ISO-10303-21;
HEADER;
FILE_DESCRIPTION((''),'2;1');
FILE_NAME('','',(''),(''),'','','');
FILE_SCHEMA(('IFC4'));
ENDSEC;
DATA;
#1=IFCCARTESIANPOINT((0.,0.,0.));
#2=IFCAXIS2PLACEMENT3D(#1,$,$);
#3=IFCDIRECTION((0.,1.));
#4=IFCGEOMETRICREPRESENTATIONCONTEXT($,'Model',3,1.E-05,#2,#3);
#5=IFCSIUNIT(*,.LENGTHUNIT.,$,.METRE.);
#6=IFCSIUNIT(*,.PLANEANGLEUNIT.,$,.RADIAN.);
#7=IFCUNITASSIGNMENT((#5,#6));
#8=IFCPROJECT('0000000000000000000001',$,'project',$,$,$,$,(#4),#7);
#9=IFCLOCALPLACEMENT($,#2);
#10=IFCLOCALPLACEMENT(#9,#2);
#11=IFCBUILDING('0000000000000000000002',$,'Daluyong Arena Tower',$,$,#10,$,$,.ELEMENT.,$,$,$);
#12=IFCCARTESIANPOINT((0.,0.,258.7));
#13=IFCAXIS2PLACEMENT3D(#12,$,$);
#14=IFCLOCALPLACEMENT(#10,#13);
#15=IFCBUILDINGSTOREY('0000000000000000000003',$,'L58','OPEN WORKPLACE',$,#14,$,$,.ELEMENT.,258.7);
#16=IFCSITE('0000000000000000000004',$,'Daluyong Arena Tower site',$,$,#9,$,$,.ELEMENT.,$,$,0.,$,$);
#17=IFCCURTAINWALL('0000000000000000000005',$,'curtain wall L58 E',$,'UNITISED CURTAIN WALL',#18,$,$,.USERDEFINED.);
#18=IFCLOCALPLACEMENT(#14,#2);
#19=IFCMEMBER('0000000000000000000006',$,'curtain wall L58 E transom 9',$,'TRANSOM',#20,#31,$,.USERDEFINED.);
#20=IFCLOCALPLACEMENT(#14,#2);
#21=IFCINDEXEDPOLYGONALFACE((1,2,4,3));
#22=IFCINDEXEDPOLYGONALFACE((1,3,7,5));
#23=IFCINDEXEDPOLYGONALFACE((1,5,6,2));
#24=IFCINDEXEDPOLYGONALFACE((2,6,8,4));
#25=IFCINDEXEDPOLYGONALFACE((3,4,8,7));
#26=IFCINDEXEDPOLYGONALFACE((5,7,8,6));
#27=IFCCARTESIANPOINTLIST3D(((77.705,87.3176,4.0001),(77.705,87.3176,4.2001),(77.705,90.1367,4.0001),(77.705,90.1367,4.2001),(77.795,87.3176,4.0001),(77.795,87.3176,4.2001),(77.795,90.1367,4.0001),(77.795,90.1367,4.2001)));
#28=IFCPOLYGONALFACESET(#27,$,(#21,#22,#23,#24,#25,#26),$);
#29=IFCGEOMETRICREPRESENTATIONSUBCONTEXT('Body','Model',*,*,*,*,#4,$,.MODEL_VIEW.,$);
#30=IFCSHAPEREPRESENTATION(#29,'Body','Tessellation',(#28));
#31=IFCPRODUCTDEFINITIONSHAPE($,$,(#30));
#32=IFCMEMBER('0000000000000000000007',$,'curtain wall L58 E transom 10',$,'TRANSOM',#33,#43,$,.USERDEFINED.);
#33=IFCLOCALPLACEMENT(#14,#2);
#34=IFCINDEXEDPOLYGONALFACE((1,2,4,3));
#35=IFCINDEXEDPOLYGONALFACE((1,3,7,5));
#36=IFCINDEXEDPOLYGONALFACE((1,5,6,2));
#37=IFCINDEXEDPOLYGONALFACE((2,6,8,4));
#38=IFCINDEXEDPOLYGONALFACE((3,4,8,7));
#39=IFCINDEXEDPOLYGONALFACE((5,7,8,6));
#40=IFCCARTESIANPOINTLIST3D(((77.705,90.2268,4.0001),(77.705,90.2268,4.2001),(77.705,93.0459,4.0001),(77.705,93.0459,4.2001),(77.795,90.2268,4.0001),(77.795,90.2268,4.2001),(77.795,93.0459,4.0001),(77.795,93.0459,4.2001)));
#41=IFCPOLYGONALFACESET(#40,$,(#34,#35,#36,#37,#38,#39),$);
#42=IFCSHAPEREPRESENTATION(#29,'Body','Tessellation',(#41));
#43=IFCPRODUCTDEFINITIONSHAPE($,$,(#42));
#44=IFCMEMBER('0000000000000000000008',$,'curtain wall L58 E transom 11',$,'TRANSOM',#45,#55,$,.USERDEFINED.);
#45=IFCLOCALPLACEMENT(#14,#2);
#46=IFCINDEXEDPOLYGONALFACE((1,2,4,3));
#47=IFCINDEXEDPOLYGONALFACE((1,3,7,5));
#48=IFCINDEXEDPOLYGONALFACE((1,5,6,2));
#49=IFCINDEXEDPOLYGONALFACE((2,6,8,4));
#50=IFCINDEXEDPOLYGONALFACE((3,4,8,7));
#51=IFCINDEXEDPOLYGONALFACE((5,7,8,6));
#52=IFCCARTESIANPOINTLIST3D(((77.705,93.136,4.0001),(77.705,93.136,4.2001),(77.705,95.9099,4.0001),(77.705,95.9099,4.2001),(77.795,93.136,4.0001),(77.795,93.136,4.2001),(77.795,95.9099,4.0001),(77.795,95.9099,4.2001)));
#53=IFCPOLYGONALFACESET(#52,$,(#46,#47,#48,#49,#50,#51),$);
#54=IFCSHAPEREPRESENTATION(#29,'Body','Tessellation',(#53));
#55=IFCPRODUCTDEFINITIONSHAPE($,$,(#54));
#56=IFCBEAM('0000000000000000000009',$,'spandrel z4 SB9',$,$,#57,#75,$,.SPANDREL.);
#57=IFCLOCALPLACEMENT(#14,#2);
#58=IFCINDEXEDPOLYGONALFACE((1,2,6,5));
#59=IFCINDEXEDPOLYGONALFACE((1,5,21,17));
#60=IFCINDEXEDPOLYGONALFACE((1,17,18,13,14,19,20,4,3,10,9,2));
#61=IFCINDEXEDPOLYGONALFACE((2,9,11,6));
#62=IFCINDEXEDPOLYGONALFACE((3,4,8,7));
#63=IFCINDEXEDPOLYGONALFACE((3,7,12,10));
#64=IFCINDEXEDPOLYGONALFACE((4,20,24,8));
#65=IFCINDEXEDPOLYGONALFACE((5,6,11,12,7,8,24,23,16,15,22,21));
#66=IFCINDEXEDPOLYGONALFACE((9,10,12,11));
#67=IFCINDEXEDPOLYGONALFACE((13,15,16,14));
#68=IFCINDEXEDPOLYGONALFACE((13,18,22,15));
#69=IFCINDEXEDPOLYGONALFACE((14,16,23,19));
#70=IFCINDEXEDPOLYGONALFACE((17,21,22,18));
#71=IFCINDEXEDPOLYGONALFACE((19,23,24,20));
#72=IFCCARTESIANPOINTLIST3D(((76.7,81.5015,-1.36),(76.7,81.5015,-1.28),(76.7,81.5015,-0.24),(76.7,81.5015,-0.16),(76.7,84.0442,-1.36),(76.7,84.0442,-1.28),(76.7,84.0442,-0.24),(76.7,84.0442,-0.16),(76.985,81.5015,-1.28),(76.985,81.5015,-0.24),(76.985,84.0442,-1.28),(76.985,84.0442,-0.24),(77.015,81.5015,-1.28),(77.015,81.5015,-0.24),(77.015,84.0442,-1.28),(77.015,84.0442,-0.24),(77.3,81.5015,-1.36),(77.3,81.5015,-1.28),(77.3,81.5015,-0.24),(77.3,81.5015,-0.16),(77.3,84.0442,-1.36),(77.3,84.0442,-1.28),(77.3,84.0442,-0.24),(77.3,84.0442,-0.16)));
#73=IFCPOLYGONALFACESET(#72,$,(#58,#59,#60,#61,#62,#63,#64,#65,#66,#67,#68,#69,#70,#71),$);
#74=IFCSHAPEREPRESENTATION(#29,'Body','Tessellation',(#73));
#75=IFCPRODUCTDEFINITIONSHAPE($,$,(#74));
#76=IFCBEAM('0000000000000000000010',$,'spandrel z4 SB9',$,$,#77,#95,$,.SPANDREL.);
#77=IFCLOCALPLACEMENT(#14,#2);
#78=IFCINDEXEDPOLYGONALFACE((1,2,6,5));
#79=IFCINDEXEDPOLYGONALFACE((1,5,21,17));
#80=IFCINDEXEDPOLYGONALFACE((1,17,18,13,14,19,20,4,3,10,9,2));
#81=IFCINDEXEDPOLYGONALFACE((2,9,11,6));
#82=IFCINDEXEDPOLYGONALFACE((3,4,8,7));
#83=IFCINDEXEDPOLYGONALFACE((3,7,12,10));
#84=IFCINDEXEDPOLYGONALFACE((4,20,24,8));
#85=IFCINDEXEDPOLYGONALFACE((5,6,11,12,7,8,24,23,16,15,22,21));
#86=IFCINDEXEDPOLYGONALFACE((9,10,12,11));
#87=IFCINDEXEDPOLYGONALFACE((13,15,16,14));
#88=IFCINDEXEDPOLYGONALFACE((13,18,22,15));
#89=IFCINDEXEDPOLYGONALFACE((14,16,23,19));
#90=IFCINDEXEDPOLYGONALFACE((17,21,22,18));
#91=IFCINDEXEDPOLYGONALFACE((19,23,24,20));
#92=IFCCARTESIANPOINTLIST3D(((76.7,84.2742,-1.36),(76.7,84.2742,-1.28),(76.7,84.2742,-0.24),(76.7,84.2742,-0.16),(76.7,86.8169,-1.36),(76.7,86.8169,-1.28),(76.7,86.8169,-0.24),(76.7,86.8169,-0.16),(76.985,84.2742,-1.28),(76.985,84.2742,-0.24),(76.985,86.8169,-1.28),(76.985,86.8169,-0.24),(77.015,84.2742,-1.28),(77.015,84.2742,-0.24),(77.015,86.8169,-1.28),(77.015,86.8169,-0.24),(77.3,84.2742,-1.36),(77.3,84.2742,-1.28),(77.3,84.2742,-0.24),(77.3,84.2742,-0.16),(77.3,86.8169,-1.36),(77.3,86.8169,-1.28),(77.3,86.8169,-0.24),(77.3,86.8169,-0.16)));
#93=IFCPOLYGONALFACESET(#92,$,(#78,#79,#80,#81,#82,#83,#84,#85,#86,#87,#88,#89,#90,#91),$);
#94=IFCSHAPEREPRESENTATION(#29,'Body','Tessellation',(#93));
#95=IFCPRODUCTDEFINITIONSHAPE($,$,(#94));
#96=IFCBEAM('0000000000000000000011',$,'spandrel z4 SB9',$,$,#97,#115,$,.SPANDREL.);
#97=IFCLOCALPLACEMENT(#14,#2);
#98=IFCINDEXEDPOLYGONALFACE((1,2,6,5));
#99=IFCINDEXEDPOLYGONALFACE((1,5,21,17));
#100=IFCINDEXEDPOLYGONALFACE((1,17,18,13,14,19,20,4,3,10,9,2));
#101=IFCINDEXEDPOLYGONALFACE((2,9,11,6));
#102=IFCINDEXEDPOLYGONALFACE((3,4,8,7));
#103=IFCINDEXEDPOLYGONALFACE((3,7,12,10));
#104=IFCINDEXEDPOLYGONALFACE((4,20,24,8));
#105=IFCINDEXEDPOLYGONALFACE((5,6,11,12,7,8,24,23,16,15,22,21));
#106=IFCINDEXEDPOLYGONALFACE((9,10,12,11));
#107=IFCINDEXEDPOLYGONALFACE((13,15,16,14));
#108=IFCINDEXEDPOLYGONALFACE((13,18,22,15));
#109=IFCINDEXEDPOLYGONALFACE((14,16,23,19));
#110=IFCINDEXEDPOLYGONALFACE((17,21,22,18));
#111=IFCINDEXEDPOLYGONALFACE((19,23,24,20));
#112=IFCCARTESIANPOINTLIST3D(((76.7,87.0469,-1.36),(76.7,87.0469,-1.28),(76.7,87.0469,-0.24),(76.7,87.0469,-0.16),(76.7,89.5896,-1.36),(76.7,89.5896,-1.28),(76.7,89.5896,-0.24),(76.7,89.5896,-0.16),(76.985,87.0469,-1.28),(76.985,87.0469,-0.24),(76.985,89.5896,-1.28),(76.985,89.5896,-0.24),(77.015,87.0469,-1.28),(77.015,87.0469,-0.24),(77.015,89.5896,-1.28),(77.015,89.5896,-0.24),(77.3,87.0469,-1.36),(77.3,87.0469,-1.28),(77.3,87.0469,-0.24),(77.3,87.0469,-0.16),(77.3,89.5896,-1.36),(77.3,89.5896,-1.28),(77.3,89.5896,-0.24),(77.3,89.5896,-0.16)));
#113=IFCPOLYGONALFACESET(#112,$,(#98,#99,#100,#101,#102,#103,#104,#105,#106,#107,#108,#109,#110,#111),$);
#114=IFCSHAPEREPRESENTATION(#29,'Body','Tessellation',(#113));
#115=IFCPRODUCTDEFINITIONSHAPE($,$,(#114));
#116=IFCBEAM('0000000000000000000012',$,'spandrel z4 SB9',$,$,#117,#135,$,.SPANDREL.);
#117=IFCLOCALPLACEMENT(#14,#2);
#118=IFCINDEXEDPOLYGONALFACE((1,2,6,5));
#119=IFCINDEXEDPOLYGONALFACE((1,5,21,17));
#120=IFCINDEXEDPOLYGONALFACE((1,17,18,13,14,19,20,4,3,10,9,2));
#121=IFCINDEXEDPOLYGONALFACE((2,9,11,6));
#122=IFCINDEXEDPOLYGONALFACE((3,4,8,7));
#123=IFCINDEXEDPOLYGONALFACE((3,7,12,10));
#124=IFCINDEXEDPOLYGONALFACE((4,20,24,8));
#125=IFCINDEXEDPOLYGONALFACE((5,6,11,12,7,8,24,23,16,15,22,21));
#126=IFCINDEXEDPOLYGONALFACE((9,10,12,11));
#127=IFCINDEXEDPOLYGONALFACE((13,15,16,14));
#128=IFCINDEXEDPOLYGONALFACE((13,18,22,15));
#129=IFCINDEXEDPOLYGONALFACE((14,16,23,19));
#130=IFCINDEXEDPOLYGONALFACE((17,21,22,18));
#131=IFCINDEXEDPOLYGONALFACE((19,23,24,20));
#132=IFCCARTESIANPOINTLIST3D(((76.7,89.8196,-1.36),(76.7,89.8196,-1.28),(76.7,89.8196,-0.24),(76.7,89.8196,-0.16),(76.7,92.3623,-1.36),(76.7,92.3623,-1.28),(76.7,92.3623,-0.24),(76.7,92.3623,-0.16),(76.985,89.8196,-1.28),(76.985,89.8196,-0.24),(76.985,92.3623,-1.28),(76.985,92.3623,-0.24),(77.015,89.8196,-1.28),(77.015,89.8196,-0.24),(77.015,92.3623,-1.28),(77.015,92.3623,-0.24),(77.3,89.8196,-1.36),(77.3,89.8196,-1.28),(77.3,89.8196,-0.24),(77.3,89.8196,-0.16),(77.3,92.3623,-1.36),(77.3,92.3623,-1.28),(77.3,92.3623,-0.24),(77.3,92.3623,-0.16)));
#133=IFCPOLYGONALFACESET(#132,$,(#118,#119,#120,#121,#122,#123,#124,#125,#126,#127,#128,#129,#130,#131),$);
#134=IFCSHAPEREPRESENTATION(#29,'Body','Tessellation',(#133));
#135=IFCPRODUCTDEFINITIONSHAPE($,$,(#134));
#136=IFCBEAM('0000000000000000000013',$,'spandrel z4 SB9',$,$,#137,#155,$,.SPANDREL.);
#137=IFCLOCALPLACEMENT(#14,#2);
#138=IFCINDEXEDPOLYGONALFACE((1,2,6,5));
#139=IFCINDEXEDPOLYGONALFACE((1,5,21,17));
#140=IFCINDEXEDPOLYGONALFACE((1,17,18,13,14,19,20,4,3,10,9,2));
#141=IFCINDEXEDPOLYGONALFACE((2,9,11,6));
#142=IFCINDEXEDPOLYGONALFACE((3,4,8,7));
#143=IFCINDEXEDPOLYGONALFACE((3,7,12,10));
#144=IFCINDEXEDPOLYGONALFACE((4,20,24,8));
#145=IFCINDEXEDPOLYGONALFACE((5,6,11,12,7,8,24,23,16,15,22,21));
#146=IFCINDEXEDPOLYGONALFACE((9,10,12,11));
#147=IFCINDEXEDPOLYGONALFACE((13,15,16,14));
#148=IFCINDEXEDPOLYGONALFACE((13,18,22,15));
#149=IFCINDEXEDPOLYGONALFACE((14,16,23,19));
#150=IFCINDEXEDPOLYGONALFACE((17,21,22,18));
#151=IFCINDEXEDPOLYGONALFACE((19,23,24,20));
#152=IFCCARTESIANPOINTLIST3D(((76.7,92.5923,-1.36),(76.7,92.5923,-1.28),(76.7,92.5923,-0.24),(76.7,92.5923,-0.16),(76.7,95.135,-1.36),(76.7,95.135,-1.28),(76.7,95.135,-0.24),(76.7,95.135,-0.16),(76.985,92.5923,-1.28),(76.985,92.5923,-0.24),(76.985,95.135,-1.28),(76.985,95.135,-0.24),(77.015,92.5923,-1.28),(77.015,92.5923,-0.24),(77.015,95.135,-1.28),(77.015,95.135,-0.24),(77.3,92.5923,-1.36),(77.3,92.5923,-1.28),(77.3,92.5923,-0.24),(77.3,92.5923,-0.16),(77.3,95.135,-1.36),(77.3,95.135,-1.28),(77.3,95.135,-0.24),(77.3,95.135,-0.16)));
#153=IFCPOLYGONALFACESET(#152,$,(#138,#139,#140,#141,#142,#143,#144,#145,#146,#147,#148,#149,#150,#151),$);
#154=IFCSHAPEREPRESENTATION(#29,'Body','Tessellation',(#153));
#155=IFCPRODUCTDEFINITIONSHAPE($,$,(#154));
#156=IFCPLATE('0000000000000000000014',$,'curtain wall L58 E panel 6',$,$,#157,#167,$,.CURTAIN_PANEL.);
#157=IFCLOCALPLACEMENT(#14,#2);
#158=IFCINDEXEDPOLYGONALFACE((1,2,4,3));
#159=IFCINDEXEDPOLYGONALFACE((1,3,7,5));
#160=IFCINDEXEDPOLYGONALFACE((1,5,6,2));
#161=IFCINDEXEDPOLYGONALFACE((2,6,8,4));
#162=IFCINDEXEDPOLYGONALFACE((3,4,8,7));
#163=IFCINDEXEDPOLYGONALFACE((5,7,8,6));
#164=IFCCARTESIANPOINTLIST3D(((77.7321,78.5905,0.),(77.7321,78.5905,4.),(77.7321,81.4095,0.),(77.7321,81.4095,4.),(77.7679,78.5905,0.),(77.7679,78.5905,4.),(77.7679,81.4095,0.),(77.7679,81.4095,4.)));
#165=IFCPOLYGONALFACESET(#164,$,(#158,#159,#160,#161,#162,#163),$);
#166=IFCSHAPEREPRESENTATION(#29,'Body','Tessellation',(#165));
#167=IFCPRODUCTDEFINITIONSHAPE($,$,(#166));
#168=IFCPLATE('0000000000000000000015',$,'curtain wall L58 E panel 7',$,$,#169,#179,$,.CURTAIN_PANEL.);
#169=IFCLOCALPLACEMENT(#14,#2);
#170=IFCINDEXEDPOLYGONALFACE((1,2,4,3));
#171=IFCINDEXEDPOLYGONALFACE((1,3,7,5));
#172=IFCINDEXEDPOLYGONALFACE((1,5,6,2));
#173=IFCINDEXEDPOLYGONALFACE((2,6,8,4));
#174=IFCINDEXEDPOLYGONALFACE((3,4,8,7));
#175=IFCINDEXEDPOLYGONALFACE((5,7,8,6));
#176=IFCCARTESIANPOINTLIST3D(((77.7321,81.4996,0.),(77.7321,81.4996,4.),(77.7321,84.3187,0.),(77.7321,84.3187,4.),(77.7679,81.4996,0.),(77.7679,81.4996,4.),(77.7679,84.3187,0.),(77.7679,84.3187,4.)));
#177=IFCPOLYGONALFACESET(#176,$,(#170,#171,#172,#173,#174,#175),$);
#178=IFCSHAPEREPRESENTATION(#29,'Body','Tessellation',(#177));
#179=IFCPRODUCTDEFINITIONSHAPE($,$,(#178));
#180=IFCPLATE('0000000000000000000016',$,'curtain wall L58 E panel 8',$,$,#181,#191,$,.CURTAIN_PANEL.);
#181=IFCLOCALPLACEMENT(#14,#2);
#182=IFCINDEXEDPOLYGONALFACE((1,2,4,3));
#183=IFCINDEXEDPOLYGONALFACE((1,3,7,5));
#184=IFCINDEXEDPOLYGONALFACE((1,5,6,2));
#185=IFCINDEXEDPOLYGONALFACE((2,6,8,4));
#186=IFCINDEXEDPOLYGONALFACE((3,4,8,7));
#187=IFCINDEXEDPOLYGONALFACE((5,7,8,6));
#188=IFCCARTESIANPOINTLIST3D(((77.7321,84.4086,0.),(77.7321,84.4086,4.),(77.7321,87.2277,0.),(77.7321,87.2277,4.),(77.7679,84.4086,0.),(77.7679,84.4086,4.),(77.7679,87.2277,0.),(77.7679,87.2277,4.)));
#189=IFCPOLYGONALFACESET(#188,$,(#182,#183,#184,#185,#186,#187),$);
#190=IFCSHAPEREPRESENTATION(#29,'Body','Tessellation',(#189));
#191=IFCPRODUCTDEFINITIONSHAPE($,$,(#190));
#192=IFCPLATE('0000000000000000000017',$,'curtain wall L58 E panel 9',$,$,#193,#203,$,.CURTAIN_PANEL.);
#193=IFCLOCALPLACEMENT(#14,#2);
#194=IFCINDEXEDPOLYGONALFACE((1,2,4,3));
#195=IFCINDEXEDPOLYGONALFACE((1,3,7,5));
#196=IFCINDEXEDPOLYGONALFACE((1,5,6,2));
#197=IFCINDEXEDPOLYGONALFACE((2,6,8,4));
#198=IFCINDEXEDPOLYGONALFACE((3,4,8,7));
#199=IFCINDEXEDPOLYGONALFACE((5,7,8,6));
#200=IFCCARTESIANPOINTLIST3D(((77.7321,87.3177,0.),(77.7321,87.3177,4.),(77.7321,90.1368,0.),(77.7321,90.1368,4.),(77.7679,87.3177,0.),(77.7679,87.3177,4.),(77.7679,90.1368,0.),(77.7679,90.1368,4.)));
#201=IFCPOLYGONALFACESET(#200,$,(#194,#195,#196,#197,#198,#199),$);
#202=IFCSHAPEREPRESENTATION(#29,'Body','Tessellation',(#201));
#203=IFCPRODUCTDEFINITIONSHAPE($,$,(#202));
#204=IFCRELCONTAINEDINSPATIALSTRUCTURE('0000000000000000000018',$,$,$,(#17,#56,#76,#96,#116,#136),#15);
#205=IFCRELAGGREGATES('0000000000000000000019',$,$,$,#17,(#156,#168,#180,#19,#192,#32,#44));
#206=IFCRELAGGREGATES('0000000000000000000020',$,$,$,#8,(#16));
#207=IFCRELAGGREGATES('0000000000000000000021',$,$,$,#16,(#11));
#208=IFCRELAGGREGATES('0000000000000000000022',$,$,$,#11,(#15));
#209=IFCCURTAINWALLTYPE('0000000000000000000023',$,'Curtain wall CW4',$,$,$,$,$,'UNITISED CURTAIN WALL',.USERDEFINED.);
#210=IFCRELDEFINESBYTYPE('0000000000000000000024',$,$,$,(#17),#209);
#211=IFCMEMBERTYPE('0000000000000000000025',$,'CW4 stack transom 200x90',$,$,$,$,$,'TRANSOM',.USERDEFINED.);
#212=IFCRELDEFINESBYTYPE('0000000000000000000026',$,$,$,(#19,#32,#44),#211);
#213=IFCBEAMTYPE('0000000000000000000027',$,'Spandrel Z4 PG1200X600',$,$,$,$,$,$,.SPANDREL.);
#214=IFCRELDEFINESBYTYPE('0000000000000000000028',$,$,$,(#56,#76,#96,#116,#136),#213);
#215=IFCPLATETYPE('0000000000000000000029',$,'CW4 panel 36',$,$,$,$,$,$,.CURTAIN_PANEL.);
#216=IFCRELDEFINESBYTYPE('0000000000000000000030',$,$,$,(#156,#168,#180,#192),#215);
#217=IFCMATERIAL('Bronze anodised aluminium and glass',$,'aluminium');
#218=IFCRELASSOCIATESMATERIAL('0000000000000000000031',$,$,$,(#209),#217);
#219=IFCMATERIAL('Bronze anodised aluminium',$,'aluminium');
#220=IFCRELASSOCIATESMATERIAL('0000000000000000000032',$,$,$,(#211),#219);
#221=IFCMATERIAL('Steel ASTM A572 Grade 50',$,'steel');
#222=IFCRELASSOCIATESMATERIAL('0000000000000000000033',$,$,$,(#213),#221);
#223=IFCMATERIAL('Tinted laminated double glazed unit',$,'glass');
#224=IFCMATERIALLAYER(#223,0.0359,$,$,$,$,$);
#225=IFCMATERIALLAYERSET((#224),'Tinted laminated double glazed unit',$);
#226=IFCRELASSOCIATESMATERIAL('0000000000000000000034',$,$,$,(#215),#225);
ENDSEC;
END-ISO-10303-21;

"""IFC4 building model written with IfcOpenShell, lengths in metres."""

from ifc_helpers import new_model, si_unit, direction, frame, origin, origin_2d, place, context, subcontext, project, spatial, rectangle, i_section, extrude, material, layer, layer_set, material_profile, profile_set, type_object, element, aggregate, save


model = new_model("IFC4")

# Units and contexts
model_context = context("Model", 3, precision=1e-05, world=origin(), true_north=direction((0.0, 1.0)))
body_context = subcontext(model_context, "Body", "Model", "MODEL_VIEW")
ifc_project = project(units=[si_unit("LENGTHUNIT", "METRE"), si_unit("PLANEANGLEUNIT", "RADIAN")], contexts=[model_context])

# Site, building, storey
site_placement = place(None, origin())
site = spatial("IfcSite", under=ifc_project, at=site_placement, Name="Daluyong Arena Tower site", CompositionType="ELEMENT", RefElevation=0.0)
building_placement = place(site_placement, origin())
building = spatial("IfcBuilding", under=site, at=building_placement, Name="Daluyong Arena Tower", CompositionType="ELEMENT")
storey_placement = place(building_placement, frame((0.0, 0.0, 258.7)))
storey = spatial("IfcBuildingStorey", under=building, at=storey_placement, Name="L58", Description="OPEN WORKPLACE", CompositionType="ELEMENT", Elevation=258.7)

# Curtain wall, members
ifc_material_1 = material(Name="Bronze anodised aluminium and glass", Category="aluminium")
curtain_wall_type = type_object("IfcCurtainWallType", Name="Curtain wall CW4", ElementType="UNITISED CURTAIN WALL", PredefinedType="USERDEFINED", material=ifc_material_1)
curtain_wall_placement = place(storey_placement, origin())
curtain_wall = element("IfcCurtainWall", 1, at=curtain_wall_placement, inside=storey, type_object=curtain_wall_type, Name="curtain wall L58 E", ObjectType="UNITISED CURTAIN WALL", PredefinedType="USERDEFINED")
ifc_material_2 = material(Name="Bronze anodised aluminium", Category="aluminium")
ifc_material_profile_1 = material_profile(ifc_material_2, rectangle(XDim=0.0901, YDim=0.2, at=origin_2d()))
ifc_profile_set_1 = profile_set([ifc_material_profile_1], Name="Bronze anodised aluminium")
member_type_1 = type_object("IfcMemberType", Name="CW4 stack transom 200x90", ElementType="TRANSOM", PredefinedType="USERDEFINED", material=ifc_profile_set_1)
member_1_placement = place(storey_placement, frame((77.75, 87.3176, 4.1001), z_axis=(0.0, 1.0, 0.0), x_axis=(-1.0, 0.0, 0.0)))
member_1 = element("IfcMember", 2, at=member_1_placement, type_object=member_type_1, Name="curtain wall L58 E transom 9", ObjectType="TRANSOM", PredefinedType="USERDEFINED", context=body_context, shape_type="SweptSolid", body=[
    extrude(rectangle(XDim=0.0901, YDim=0.2, at=origin_2d()), origin(), (0.0, 0.0, 1.0), 2.8191),
])
member_2_placement = place(storey_placement, frame((77.75, 90.2268, 4.1001), z_axis=(0.0, 1.0, 0.0), x_axis=(-1.0, 0.0, 0.0)))
member_2 = element("IfcMember", 3, at=member_2_placement, type_object=member_type_1, Name="curtain wall L58 E transom 10", ObjectType="TRANSOM", PredefinedType="USERDEFINED", context=body_context, shape_type="SweptSolid", body=[
    extrude(rectangle(XDim=0.0901, YDim=0.2, at=origin_2d()), origin(), (0.0, 0.0, 1.0), 2.8191),
])
member_3_placement = place(storey_placement, frame((77.75, 93.136, 4.1001), z_axis=(0.0, 1.0, 0.0), x_axis=(-1.0, 0.0, 0.0)))
member_3 = element("IfcMember", 4, at=member_3_placement, type_object=member_type_1, Name="curtain wall L58 E transom 11", ObjectType="TRANSOM", PredefinedType="USERDEFINED", context=body_context, shape_type="SweptSolid", body=[
    extrude(rectangle(XDim=0.0901, YDim=0.2, at=origin_2d()), origin(), (0.0, 0.0, 1.0), 2.7739),
])

# Beams
ifc_material_3 = material(Name="Steel ASTM A572 Grade 50", Category="steel")
ifc_material_profile_2 = material_profile(ifc_material_3, i_section(OverallWidth=0.6001, OverallDepth=1.2, WebThickness=0.03, FlangeThickness=0.08, at=origin_2d()))
ifc_profile_set_2 = profile_set([ifc_material_profile_2], Name="Steel ASTM A572 Grade 50")
beam_type = type_object("IfcBeamType", Name="Spandrel Z4 PG1200X600", PredefinedType="SPANDREL", material=ifc_profile_set_2)
for number, where, z_axis, x_axis, name in (
    (5, (77.0, 81.5015, -0.76), (0.0, 1.0, 0.0), (-1.0, 0.0, 0.0), "spandrel z4 SB9"),
    (6, (77.0, 84.2742, -0.76), (0.0, 1.0, 0.0), (-1.0, 0.0, 0.0), "spandrel z4 SB9"),
    (7, (77.0, 87.0469, -0.76), (0.0, 1.0, 0.0), (-1.0, 0.0, 0.0), "spandrel z4 SB9"),
    (8, (77.0, 89.8196, -0.76), (0.0, 1.0, 0.0), (-1.0, 0.0, 0.0), "spandrel z4 SB9"),
    (9, (77.0, 92.5923, -0.76), (0.0, 1.0, 0.0), (-1.0, 0.0, 0.0), "spandrel z4 SB9"),
):
    element("IfcBeam", number, at=place(storey_placement, frame(where, z_axis=z_axis, x_axis=x_axis)), inside=storey, type_object=beam_type, Name=name, PredefinedType="SPANDREL", context=body_context, shape_type="SweptSolid", body=[
        extrude(i_section(OverallWidth=0.6001, OverallDepth=1.2, WebThickness=0.03, FlangeThickness=0.08, at=origin_2d()), origin(), (0.0, 0.0, 1.0), 2.5427),
    ])

# Plates
ifc_material_4 = material(Name="Tinted laminated double glazed unit", Category="glass")
ifc_layer = layer(ifc_material_4, 0.0359)
ifc_layer_set = layer_set([ifc_layer], Name="Tinted laminated double glazed unit")
plate_type = type_object("IfcPlateType", Name="CW4 panel 36", PredefinedType="CURTAIN_PANEL", material=ifc_layer_set)
plate_1_placement = place(storey_placement, frame((77.75, 80.0, 0.0), z_axis=(0.0, 0.0, 1.0), x_axis=(0.0, 1.0, 0.0)))
plate_1 = element("IfcPlate", 10, at=plate_1_placement, type_object=plate_type, Name="curtain wall L58 E panel 6", PredefinedType="CURTAIN_PANEL", context=body_context, shape_type="SweptSolid", body=[
    extrude(rectangle(XDim=2.8191, YDim=0.0359, at=origin_2d()), origin(), (0.0, 0.0, 1.0), 4.0),
])
plate_2_placement = place(storey_placement, frame((77.75, 82.9092, 0.0), z_axis=(0.0, 0.0, 1.0), x_axis=(0.0, 1.0, 0.0)))
plate_2 = element("IfcPlate", 11, at=plate_2_placement, type_object=plate_type, Name="curtain wall L58 E panel 7", PredefinedType="CURTAIN_PANEL", context=body_context, shape_type="SweptSolid", body=[
    extrude(rectangle(XDim=2.8191, YDim=0.0359, at=origin_2d()), origin(), (0.0, 0.0, 1.0), 4.0),
])
plate_3_placement = place(storey_placement, frame((77.75, 85.8181, 0.0), z_axis=(0.0, 0.0, 1.0), x_axis=(0.0, 1.0, 0.0)))
plate_3 = element("IfcPlate", 12, at=plate_3_placement, type_object=plate_type, Name="curtain wall L58 E panel 8", PredefinedType="CURTAIN_PANEL", context=body_context, shape_type="SweptSolid", body=[
    extrude(rectangle(XDim=2.8191, YDim=0.0359, at=origin_2d()), origin(), (0.0, 0.0, 1.0), 4.0),
])
plate_4_placement = place(storey_placement, frame((77.75, 88.7273, 0.0), z_axis=(0.0, 0.0, 1.0), x_axis=(0.0, 1.0, 0.0)))
plate_4 = element("IfcPlate", 13, at=plate_4_placement, type_object=plate_type, Name="curtain wall L58 E panel 9", PredefinedType="CURTAIN_PANEL", context=body_context, shape_type="SweptSolid", body=[
    extrude(rectangle(XDim=2.8191, YDim=0.0359, at=origin_2d()), origin(), (0.0, 0.0, 1.0), 4.0),
])
aggregate(curtain_wall, [plate_1, plate_2, plate_3, member_1, plate_4, member_2, member_3])

save(model, "model.ifc")
